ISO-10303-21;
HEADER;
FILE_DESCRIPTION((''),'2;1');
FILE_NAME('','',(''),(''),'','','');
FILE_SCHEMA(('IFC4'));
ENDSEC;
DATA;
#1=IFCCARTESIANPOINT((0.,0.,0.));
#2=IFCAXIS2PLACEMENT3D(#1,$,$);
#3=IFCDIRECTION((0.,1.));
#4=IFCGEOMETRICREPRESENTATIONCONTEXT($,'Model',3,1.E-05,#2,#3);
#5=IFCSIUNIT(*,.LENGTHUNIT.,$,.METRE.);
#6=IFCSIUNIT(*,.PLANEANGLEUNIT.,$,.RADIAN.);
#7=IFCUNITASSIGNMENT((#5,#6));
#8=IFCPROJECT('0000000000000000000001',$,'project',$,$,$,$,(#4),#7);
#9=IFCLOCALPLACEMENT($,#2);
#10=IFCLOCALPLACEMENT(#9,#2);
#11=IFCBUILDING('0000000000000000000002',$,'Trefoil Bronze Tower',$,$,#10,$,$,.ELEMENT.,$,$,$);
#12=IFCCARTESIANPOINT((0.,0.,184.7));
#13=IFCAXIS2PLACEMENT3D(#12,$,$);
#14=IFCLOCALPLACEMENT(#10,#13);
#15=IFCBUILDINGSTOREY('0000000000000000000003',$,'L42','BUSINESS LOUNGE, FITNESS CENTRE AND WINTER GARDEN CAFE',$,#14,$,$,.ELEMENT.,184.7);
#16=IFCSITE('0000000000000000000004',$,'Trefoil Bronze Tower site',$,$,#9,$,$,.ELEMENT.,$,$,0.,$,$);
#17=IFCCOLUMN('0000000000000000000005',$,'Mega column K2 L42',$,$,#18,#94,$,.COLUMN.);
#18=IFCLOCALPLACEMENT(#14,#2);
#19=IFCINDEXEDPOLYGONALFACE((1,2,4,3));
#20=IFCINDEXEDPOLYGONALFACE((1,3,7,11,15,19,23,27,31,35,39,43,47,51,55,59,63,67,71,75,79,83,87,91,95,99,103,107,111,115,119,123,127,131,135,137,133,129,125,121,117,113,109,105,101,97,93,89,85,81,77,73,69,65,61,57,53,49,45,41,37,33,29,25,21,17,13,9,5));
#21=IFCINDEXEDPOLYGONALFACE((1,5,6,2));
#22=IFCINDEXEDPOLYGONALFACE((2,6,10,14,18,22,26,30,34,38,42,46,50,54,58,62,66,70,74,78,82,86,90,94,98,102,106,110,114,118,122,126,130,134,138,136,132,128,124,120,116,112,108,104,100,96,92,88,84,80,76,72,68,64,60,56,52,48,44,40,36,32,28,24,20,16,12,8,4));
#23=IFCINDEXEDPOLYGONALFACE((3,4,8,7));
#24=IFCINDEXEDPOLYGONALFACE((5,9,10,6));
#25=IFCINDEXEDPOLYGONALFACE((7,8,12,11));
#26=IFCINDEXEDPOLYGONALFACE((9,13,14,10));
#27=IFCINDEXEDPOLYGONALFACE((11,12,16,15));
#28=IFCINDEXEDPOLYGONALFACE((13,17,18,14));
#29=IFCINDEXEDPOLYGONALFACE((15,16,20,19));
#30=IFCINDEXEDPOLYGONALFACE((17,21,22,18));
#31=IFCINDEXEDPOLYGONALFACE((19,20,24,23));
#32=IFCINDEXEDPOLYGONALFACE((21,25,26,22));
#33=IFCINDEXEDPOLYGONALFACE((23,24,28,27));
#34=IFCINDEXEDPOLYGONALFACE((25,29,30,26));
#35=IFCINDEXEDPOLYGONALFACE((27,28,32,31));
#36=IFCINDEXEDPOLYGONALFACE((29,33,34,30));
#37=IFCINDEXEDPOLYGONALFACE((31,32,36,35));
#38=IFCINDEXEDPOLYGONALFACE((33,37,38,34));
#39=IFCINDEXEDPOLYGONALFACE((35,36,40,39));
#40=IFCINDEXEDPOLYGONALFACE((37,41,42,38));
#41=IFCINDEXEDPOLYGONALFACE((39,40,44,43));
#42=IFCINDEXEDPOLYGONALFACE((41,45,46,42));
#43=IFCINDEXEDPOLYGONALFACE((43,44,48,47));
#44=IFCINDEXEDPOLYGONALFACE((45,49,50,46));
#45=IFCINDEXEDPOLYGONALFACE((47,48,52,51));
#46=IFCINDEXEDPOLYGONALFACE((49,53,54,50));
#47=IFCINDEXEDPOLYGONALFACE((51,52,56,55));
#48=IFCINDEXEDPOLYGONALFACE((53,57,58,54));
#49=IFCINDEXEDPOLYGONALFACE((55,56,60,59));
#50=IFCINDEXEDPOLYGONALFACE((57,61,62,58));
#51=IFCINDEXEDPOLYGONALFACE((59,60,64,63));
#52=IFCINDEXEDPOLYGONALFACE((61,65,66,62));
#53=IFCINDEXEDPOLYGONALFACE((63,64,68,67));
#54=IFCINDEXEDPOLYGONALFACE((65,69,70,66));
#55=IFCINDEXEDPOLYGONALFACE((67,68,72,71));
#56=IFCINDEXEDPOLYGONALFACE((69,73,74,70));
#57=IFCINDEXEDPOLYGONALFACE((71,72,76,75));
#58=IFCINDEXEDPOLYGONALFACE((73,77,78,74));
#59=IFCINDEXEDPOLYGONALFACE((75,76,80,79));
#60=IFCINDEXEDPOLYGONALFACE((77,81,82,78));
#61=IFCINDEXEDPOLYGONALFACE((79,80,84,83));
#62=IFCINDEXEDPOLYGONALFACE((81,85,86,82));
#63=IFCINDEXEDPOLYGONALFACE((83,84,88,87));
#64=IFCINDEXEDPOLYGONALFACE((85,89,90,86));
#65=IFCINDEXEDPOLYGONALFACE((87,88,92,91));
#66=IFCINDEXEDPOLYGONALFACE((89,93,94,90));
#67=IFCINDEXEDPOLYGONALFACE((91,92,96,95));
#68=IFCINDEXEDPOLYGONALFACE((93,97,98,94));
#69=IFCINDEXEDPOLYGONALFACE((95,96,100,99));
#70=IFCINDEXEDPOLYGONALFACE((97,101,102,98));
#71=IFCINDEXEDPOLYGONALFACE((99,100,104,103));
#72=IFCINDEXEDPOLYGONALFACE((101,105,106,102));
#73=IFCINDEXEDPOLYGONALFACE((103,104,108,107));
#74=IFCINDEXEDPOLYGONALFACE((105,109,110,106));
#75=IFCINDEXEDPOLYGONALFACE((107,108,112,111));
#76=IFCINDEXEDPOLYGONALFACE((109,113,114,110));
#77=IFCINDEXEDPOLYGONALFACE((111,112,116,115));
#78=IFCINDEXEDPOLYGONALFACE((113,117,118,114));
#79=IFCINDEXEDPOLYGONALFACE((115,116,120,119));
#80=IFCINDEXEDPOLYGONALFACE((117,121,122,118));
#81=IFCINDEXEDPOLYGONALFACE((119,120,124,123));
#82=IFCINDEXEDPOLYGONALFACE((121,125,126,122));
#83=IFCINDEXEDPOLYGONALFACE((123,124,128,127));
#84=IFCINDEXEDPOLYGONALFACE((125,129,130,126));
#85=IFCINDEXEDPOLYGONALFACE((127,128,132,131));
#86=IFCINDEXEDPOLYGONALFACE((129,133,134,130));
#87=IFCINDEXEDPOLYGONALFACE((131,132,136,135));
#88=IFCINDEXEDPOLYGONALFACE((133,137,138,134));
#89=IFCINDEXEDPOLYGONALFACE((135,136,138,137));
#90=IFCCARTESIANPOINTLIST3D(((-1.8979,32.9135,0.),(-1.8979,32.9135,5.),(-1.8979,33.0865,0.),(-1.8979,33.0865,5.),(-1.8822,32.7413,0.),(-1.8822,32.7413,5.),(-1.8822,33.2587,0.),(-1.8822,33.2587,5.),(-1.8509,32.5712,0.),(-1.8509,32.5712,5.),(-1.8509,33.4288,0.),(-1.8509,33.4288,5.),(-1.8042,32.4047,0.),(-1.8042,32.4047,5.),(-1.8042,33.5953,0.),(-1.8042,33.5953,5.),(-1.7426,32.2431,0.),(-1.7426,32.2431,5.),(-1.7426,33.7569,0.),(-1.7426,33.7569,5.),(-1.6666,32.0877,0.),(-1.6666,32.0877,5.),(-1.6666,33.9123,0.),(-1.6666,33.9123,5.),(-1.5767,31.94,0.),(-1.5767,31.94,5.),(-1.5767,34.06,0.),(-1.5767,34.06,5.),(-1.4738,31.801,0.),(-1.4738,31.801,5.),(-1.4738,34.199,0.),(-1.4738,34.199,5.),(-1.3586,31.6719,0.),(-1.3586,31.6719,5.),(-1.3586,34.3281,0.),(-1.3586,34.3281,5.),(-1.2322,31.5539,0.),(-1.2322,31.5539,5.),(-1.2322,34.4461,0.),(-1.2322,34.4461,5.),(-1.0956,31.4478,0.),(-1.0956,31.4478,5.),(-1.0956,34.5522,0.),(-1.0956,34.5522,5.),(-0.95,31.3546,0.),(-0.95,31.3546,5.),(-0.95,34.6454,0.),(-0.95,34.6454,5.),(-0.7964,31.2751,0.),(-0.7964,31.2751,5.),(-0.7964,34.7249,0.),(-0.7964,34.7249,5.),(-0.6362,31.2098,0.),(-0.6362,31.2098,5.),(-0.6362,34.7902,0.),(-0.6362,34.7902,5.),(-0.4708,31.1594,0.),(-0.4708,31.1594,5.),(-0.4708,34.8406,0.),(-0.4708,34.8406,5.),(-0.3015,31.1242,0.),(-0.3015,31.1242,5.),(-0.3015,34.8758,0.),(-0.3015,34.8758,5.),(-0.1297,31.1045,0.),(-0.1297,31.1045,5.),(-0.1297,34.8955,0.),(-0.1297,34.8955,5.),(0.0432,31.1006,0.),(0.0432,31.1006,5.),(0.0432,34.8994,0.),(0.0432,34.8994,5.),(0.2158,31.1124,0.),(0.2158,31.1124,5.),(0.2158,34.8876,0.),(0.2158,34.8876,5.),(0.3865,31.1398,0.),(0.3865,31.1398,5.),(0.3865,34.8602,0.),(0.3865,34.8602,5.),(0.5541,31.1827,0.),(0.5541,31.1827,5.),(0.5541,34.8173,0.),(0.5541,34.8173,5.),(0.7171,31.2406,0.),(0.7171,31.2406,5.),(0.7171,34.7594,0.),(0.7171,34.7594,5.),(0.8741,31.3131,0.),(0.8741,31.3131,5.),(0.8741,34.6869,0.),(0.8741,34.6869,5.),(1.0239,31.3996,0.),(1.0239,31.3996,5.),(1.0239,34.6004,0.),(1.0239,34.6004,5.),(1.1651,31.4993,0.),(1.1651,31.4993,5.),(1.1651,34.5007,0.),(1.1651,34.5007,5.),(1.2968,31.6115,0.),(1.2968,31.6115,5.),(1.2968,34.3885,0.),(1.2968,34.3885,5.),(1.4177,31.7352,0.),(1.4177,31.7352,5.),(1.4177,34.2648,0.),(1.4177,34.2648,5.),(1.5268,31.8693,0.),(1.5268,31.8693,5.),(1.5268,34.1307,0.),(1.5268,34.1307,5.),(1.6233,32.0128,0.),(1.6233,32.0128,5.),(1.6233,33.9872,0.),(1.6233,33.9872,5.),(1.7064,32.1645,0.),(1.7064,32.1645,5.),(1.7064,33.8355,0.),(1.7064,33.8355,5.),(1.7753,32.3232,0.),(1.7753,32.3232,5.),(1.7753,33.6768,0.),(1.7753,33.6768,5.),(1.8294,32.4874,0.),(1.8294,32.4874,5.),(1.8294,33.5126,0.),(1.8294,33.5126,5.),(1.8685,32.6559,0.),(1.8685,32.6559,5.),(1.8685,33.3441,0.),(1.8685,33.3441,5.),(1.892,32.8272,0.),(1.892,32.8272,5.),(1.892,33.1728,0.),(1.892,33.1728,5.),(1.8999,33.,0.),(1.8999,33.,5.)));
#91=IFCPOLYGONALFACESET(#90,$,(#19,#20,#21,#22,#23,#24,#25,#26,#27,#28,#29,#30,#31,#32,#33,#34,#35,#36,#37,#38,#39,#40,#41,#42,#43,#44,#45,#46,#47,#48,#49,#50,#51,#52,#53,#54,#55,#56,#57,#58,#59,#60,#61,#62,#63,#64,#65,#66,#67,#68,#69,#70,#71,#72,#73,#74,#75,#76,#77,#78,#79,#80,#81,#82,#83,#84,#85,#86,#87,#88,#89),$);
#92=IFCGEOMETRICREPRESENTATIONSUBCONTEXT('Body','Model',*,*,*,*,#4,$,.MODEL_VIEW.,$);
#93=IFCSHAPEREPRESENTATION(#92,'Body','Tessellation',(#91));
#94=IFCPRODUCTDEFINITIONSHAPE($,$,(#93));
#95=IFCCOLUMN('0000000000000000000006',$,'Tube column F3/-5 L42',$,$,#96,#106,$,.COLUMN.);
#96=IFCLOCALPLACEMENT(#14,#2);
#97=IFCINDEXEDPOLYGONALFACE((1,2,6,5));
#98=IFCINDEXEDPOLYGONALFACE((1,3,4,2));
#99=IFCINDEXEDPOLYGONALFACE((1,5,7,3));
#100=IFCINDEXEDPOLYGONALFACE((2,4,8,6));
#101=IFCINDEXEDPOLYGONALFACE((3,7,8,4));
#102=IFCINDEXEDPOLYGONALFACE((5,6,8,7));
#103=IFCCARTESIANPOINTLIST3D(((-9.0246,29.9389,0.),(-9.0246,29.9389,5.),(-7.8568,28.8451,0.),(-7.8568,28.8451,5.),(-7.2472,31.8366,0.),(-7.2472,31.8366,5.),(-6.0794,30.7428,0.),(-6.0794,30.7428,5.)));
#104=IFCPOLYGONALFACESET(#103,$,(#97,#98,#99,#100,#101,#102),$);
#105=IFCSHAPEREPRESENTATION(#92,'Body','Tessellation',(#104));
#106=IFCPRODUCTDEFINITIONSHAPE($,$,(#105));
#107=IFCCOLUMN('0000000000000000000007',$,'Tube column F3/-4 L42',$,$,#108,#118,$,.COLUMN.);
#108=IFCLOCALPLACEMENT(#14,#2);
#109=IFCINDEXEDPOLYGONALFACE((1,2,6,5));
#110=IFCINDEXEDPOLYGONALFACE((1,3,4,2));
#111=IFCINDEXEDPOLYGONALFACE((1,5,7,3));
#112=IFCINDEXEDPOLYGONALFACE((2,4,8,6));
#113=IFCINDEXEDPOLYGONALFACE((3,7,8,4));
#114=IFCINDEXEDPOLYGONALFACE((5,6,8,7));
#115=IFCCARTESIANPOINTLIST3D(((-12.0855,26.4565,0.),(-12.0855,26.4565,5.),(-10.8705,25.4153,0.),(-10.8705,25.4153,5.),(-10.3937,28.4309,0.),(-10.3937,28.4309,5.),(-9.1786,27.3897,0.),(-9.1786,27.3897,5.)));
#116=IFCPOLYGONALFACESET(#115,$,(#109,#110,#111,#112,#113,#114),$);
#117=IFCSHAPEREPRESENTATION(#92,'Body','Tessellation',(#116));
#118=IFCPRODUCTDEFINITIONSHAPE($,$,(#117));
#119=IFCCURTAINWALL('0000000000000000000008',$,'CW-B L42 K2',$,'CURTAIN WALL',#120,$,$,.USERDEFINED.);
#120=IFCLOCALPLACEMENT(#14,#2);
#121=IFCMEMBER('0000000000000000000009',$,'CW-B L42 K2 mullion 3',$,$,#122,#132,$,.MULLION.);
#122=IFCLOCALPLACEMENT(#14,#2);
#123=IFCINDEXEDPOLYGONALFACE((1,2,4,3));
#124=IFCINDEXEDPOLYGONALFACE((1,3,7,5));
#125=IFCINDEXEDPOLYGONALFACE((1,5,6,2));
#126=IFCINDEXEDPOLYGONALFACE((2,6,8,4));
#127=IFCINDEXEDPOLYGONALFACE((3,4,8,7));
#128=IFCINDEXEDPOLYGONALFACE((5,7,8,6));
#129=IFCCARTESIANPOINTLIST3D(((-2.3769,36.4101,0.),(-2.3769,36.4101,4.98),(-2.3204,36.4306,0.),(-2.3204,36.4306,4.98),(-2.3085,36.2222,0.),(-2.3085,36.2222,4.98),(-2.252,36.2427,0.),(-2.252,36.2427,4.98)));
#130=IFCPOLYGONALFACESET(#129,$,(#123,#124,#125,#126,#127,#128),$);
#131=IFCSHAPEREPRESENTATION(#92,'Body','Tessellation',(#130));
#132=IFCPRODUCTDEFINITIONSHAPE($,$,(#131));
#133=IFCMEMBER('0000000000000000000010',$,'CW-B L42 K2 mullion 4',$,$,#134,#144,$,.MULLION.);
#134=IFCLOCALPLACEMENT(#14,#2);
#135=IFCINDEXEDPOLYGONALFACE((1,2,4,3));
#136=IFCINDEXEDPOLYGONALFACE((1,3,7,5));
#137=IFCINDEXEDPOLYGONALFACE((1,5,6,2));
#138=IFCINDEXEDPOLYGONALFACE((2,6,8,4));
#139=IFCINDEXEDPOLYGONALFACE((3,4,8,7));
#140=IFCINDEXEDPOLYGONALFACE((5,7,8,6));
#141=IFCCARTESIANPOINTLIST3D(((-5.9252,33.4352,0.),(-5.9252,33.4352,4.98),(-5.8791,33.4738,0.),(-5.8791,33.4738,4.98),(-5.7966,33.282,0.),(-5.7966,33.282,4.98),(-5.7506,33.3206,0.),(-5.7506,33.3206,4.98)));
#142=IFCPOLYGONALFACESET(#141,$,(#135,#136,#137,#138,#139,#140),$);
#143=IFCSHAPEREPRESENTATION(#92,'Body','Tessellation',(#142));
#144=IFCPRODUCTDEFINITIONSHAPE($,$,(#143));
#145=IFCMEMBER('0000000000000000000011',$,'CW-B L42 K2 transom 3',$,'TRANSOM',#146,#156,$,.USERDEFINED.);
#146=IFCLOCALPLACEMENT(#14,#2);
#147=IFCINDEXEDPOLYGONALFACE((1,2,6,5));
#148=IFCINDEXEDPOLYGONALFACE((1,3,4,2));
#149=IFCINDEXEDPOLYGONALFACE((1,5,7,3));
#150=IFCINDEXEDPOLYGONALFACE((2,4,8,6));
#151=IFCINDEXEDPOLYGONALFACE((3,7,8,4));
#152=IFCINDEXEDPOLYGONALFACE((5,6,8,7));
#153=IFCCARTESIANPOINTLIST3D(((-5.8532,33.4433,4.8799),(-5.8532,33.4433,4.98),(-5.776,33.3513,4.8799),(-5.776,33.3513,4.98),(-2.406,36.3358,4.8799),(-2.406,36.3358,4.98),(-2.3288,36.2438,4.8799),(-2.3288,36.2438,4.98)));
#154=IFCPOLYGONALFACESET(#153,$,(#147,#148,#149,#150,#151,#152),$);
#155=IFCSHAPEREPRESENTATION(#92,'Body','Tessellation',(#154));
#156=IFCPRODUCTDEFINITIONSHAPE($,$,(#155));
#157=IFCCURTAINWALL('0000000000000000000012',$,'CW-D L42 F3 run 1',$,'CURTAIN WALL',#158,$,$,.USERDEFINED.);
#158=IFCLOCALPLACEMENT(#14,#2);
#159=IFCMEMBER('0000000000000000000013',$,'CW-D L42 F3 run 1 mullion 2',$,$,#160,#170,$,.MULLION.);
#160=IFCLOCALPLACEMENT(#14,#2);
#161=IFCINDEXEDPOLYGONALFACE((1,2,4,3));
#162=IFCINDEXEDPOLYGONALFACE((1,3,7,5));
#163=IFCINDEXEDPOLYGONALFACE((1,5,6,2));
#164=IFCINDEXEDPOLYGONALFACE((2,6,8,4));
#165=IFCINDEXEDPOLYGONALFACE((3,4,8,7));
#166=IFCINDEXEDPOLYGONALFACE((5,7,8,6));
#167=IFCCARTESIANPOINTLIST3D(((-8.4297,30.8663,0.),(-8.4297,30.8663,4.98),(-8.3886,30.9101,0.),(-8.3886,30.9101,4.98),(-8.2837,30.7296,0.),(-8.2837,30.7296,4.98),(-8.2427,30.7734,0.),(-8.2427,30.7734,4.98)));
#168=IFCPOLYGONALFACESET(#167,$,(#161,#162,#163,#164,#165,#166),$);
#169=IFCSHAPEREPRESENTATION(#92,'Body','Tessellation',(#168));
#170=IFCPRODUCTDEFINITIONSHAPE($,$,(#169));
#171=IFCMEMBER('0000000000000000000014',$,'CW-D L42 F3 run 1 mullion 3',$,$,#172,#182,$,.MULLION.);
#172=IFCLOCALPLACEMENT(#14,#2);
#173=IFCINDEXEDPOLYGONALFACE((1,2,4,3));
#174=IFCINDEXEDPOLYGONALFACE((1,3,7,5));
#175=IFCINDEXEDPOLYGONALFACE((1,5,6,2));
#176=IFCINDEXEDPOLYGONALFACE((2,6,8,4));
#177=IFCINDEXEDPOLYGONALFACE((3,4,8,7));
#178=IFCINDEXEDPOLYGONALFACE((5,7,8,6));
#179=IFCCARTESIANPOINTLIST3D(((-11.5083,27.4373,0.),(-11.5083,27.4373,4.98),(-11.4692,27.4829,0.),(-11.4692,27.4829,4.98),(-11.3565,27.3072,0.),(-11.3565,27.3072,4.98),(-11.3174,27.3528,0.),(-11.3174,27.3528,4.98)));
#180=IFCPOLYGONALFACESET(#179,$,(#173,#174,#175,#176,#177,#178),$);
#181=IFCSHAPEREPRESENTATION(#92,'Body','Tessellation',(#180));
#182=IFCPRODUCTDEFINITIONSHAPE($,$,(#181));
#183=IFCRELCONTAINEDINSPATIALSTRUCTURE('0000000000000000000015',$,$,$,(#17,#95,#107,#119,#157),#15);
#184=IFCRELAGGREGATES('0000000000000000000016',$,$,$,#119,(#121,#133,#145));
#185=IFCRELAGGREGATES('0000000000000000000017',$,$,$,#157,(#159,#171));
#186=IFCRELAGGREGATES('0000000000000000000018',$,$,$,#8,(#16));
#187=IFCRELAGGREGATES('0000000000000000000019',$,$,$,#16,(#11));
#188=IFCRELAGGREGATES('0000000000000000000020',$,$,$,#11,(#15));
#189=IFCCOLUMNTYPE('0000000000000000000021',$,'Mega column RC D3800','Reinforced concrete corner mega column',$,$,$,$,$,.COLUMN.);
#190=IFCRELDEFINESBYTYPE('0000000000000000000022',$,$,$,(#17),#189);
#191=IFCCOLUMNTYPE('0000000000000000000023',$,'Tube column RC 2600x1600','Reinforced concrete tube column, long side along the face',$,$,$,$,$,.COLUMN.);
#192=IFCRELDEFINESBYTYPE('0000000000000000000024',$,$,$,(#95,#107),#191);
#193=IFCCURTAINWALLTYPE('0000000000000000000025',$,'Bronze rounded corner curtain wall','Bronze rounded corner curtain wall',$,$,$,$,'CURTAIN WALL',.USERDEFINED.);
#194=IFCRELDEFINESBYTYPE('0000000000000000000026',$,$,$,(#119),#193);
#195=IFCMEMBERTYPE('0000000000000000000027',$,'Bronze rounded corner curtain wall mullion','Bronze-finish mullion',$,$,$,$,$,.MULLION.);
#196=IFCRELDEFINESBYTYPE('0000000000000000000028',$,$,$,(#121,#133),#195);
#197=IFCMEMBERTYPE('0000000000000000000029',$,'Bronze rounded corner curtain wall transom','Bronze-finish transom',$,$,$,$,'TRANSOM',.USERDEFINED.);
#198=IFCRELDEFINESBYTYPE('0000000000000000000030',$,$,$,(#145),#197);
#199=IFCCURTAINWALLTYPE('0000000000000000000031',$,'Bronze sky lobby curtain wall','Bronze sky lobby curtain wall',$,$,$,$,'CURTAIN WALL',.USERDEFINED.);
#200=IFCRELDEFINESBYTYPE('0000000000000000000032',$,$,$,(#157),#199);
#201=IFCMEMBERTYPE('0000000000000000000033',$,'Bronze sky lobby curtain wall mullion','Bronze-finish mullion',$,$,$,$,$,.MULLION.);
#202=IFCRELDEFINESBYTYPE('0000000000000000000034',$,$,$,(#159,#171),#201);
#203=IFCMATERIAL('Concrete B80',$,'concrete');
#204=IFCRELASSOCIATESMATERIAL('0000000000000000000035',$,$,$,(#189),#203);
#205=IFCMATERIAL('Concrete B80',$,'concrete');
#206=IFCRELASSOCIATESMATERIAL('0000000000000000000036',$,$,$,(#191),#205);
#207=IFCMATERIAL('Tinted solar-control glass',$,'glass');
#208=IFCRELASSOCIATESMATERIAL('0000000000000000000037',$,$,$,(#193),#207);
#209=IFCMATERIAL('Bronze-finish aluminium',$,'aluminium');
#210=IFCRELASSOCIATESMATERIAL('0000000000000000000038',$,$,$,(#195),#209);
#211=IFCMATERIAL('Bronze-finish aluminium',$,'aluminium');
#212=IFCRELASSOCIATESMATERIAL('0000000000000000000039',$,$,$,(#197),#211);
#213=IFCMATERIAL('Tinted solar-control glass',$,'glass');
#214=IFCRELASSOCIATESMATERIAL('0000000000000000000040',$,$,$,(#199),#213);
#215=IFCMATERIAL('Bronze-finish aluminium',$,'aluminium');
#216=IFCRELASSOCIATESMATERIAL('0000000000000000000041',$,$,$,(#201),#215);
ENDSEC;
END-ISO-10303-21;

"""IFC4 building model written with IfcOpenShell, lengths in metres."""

from ifc_helpers import new_model, si_unit, direction, frame, origin, origin_2d, place, context, subcontext, project, spatial, rectangle, circle, extrude, material, material_profile, profile_set, type_object, element, aggregate, save


model = new_model("IFC4")

# Units and contexts
model_context = context("Model", 3, precision=1e-05, world=origin(), true_north=direction((0.0, 1.0)))
body_context = subcontext(model_context, "Body", "Model", "MODEL_VIEW")
ifc_project = project(units=[si_unit("LENGTHUNIT", "METRE"), si_unit("PLANEANGLEUNIT", "RADIAN")], contexts=[model_context])

# Site, building, storey
site_placement = place(None, origin())
site = spatial("IfcSite", under=ifc_project, at=site_placement, Name="Trefoil Bronze Tower site", CompositionType="ELEMENT", RefElevation=0.0)
building_placement = place(site_placement, origin())
building = spatial("IfcBuilding", under=site, at=building_placement, Name="Trefoil Bronze Tower", CompositionType="ELEMENT")
storey_placement = place(building_placement, frame((0.0, 0.0, 184.7)))
storey = spatial("IfcBuildingStorey", under=building, at=storey_placement, Name="L42", Description="BUSINESS LOUNGE, FITNESS CENTRE AND WINTER GARDEN CAFE", CompositionType="ELEMENT", Elevation=184.7)

# Columns
ifc_material_1 = material(Name="Concrete B80", Category="concrete")
ifc_material_profile_1 = material_profile(ifc_material_1, circle(Radius=1.8999, at=origin_2d()), Name="RC D3800")
ifc_profile_set_1 = profile_set([ifc_material_profile_1], Name="Concrete B80")
column_type_1 = type_object("IfcColumnType", Name="Mega column RC D3800", Description="Reinforced concrete corner mega column", PredefinedType="COLUMN", material=ifc_profile_set_1)
column_placement = place(storey_placement, frame((0.0, 33.0, 0.0), z_axis=(0.0, 0.0, 1.0), x_axis=(1.0, 0.0, 0.0)))
element("IfcColumn", 1, at=column_placement, inside=storey, type_object=column_type_1, Name="Mega column K2 L42", PredefinedType="COLUMN", context=body_context, shape_type="SweptSolid", body=[
    extrude(circle(Radius=1.8999, at=origin_2d()), origin(), (0.0, 0.0, 1.0), 5.0),
])
ifc_material_2 = material(Name="Concrete B80", Category="concrete")
ifc_material_profile_2 = material_profile(ifc_material_2, rectangle(XDim=2.6001, YDim=1.6001, at=origin_2d()), Name="RC 2600x1600")
ifc_profile_set_2 = profile_set([ifc_material_profile_2], Name="Concrete B80")
column_type_2 = type_object("IfcColumnType", Name="Tube column RC 2600x1600", Description="Reinforced concrete tube column, long side along the face", PredefinedType="COLUMN", material=ifc_profile_set_2)
for number, where, z_axis, x_axis, name in (
    (2, (-7.552, 30.3408, 0.0), (0.0, 0.0, 1.0), (-0.683597, -0.72986, 0.0), "Tube column F3/-5 L42"),
    (3, (-10.6321, 26.9231, 0.0), (0.0, 0.0, 1.0), (-0.650677, -0.759355, 0.0), "Tube column F3/-4 L42"),
):
    element("IfcColumn", number, at=place(storey_placement, frame(where, z_axis=z_axis, x_axis=x_axis)), inside=storey, type_object=column_type_2, Name=name, PredefinedType="COLUMN", context=body_context, shape_type="SweptSolid", body=[
        extrude(rectangle(XDim=2.6001, YDim=1.6001, at=origin_2d()), origin(), (0.0, 0.0, 1.0), 5.0),
    ])

# Curtain walls, members
ifc_material_3 = material(Name="Tinted solar-control glass", Category="glass")
curtain_wall_type_1 = type_object("IfcCurtainWallType", Name="Bronze rounded corner curtain wall", Description="Bronze rounded corner curtain wall", ElementType="CURTAIN WALL", PredefinedType="USERDEFINED", material=ifc_material_3)
curtain_wall_1_placement = place(storey_placement, origin())
curtain_wall_1 = element("IfcCurtainWall", 4, at=curtain_wall_1_placement, inside=storey, type_object=curtain_wall_type_1, Name="CW-B L42 K2", ObjectType="CURTAIN WALL", PredefinedType="USERDEFINED")
ifc_material_4 = material(Name="Bronze-finish aluminium", Category="aluminium")
ifc_material_profile_3 = material_profile(ifc_material_4, rectangle(XDim=0.2, YDim=0.0601, at=origin_2d()), Name="CW-B mullion")
ifc_profile_set_3 = profile_set([ifc_material_profile_3], Name="Bronze-finish aluminium")
member_type_1 = type_object("IfcMemberType", Name="Bronze rounded corner curtain wall mullion", Description="Bronze-finish mullion", PredefinedType="MULLION", material=ifc_profile_set_3)
member_1_placement = place(storey_placement, frame((-2.3145, 36.3264, 0.0), z_axis=(0.0, 0.0, 1.0), x_axis=(0.34202, -0.939693, 0.0)))
member_1 = element("IfcMember", 5, at=member_1_placement, type_object=member_type_1, Name="CW-B L42 K2 mullion 3", PredefinedType="MULLION", context=body_context, shape_type="SweptSolid", body=[
    extrude(rectangle(XDim=0.2, YDim=0.0601, at=origin_2d()), origin(), (0.0, 0.0, 1.0), 4.98),
])
member_2_placement = place(storey_placement, frame((-5.8379, 33.3779, 0.0), z_axis=(0.0, 0.0, 1.0), x_axis=(0.642788, -0.766044, 0.0)))
member_2 = element("IfcMember", 6, at=member_2_placement, type_object=member_type_1, Name="CW-B L42 K2 mullion 4", PredefinedType="MULLION", context=body_context, shape_type="SweptSolid", body=[
    extrude(rectangle(XDim=0.2, YDim=0.0601, at=origin_2d()), origin(), (0.0, 0.0, 1.0), 4.98),
])
ifc_material_5 = material(Name="Bronze-finish aluminium", Category="aluminium")
ifc_material_profile_4 = material_profile(ifc_material_5, rectangle(XDim=0.1201, YDim=0.1001, at=origin_2d()), Name="CW-B transom")
ifc_profile_set_4 = profile_set([ifc_material_profile_4], Name="Bronze-finish aluminium")
member_type_2 = type_object("IfcMemberType", Name="Bronze rounded corner curtain wall transom", Description="Bronze-finish transom", ElementType="TRANSOM", PredefinedType="USERDEFINED", material=ifc_profile_set_4)
member_3_placement = place(storey_placement, frame((-2.3674, 36.2898, 4.9299), z_axis=(-0.766047, -0.642785, 0.0), x_axis=(0.642785, -0.766047, 0.0)))
member_3 = element("IfcMember", 7, at=member_3_placement, type_object=member_type_2, Name="CW-B L42 K2 transom 3", ObjectType="TRANSOM", PredefinedType="USERDEFINED", context=body_context, shape_type="SweptSolid", body=[
    extrude(rectangle(XDim=0.1201, YDim=0.1001, at=origin_2d()), origin(), (0.0, 0.0, 1.0), 4.5),
])
ifc_material_6 = material(Name="Tinted solar-control glass", Category="glass")
curtain_wall_type_2 = type_object("IfcCurtainWallType", Name="Bronze sky lobby curtain wall", Description="Bronze sky lobby curtain wall", ElementType="CURTAIN WALL", PredefinedType="USERDEFINED", material=ifc_material_6)
curtain_wall_2_placement = place(storey_placement, origin())
curtain_wall_2 = element("IfcCurtainWall", 8, at=curtain_wall_2_placement, inside=storey, type_object=curtain_wall_type_2, Name="CW-D L42 F3 run 1", ObjectType="CURTAIN WALL", PredefinedType="USERDEFINED")
ifc_material_7 = material(Name="Bronze-finish aluminium", Category="aluminium")
ifc_material_profile_5 = material_profile(ifc_material_7, rectangle(XDim=0.2, YDim=0.0601, at=origin_2d()), Name="CW-D mullion")
ifc_profile_set_5 = profile_set([ifc_material_profile_5], Name="Bronze-finish aluminium")
member_type_3 = type_object("IfcMemberType", Name="Bronze sky lobby curtain wall mullion", Description="Bronze-finish mullion", PredefinedType="MULLION", material=ifc_profile_set_5)
member_4_placement = place(storey_placement, frame((-8.3362, 30.8198, 0.0), z_axis=(0.0, 0.0, 1.0), x_axis=(0.72986, -0.683597, 0.0)))
member_4 = element("IfcMember", 9, at=member_4_placement, type_object=member_type_3, Name="CW-D L42 F3 run 1 mullion 2", PredefinedType="MULLION", context=body_context, shape_type="SweptSolid", body=[
    extrude(rectangle(XDim=0.2, YDim=0.0601, at=origin_2d()), origin(), (0.0, 0.0, 1.0), 4.98),
])
member_5_placement = place(storey_placement, frame((-11.4128, 27.395, 0.0), z_axis=(0.0, 0.0, 1.0), x_axis=(0.759355, -0.650677, 0.0)))
member_5 = element("IfcMember", 10, at=member_5_placement, type_object=member_type_3, Name="CW-D L42 F3 run 1 mullion 3", PredefinedType="MULLION", context=body_context, shape_type="SweptSolid", body=[
    extrude(rectangle(XDim=0.2, YDim=0.0601, at=origin_2d()), origin(), (0.0, 0.0, 1.0), 4.98),
])

aggregate(curtain_wall_1, [member_1, member_2, member_3])
aggregate(curtain_wall_2, [member_4, member_5])

save(model, "model.ifc")
